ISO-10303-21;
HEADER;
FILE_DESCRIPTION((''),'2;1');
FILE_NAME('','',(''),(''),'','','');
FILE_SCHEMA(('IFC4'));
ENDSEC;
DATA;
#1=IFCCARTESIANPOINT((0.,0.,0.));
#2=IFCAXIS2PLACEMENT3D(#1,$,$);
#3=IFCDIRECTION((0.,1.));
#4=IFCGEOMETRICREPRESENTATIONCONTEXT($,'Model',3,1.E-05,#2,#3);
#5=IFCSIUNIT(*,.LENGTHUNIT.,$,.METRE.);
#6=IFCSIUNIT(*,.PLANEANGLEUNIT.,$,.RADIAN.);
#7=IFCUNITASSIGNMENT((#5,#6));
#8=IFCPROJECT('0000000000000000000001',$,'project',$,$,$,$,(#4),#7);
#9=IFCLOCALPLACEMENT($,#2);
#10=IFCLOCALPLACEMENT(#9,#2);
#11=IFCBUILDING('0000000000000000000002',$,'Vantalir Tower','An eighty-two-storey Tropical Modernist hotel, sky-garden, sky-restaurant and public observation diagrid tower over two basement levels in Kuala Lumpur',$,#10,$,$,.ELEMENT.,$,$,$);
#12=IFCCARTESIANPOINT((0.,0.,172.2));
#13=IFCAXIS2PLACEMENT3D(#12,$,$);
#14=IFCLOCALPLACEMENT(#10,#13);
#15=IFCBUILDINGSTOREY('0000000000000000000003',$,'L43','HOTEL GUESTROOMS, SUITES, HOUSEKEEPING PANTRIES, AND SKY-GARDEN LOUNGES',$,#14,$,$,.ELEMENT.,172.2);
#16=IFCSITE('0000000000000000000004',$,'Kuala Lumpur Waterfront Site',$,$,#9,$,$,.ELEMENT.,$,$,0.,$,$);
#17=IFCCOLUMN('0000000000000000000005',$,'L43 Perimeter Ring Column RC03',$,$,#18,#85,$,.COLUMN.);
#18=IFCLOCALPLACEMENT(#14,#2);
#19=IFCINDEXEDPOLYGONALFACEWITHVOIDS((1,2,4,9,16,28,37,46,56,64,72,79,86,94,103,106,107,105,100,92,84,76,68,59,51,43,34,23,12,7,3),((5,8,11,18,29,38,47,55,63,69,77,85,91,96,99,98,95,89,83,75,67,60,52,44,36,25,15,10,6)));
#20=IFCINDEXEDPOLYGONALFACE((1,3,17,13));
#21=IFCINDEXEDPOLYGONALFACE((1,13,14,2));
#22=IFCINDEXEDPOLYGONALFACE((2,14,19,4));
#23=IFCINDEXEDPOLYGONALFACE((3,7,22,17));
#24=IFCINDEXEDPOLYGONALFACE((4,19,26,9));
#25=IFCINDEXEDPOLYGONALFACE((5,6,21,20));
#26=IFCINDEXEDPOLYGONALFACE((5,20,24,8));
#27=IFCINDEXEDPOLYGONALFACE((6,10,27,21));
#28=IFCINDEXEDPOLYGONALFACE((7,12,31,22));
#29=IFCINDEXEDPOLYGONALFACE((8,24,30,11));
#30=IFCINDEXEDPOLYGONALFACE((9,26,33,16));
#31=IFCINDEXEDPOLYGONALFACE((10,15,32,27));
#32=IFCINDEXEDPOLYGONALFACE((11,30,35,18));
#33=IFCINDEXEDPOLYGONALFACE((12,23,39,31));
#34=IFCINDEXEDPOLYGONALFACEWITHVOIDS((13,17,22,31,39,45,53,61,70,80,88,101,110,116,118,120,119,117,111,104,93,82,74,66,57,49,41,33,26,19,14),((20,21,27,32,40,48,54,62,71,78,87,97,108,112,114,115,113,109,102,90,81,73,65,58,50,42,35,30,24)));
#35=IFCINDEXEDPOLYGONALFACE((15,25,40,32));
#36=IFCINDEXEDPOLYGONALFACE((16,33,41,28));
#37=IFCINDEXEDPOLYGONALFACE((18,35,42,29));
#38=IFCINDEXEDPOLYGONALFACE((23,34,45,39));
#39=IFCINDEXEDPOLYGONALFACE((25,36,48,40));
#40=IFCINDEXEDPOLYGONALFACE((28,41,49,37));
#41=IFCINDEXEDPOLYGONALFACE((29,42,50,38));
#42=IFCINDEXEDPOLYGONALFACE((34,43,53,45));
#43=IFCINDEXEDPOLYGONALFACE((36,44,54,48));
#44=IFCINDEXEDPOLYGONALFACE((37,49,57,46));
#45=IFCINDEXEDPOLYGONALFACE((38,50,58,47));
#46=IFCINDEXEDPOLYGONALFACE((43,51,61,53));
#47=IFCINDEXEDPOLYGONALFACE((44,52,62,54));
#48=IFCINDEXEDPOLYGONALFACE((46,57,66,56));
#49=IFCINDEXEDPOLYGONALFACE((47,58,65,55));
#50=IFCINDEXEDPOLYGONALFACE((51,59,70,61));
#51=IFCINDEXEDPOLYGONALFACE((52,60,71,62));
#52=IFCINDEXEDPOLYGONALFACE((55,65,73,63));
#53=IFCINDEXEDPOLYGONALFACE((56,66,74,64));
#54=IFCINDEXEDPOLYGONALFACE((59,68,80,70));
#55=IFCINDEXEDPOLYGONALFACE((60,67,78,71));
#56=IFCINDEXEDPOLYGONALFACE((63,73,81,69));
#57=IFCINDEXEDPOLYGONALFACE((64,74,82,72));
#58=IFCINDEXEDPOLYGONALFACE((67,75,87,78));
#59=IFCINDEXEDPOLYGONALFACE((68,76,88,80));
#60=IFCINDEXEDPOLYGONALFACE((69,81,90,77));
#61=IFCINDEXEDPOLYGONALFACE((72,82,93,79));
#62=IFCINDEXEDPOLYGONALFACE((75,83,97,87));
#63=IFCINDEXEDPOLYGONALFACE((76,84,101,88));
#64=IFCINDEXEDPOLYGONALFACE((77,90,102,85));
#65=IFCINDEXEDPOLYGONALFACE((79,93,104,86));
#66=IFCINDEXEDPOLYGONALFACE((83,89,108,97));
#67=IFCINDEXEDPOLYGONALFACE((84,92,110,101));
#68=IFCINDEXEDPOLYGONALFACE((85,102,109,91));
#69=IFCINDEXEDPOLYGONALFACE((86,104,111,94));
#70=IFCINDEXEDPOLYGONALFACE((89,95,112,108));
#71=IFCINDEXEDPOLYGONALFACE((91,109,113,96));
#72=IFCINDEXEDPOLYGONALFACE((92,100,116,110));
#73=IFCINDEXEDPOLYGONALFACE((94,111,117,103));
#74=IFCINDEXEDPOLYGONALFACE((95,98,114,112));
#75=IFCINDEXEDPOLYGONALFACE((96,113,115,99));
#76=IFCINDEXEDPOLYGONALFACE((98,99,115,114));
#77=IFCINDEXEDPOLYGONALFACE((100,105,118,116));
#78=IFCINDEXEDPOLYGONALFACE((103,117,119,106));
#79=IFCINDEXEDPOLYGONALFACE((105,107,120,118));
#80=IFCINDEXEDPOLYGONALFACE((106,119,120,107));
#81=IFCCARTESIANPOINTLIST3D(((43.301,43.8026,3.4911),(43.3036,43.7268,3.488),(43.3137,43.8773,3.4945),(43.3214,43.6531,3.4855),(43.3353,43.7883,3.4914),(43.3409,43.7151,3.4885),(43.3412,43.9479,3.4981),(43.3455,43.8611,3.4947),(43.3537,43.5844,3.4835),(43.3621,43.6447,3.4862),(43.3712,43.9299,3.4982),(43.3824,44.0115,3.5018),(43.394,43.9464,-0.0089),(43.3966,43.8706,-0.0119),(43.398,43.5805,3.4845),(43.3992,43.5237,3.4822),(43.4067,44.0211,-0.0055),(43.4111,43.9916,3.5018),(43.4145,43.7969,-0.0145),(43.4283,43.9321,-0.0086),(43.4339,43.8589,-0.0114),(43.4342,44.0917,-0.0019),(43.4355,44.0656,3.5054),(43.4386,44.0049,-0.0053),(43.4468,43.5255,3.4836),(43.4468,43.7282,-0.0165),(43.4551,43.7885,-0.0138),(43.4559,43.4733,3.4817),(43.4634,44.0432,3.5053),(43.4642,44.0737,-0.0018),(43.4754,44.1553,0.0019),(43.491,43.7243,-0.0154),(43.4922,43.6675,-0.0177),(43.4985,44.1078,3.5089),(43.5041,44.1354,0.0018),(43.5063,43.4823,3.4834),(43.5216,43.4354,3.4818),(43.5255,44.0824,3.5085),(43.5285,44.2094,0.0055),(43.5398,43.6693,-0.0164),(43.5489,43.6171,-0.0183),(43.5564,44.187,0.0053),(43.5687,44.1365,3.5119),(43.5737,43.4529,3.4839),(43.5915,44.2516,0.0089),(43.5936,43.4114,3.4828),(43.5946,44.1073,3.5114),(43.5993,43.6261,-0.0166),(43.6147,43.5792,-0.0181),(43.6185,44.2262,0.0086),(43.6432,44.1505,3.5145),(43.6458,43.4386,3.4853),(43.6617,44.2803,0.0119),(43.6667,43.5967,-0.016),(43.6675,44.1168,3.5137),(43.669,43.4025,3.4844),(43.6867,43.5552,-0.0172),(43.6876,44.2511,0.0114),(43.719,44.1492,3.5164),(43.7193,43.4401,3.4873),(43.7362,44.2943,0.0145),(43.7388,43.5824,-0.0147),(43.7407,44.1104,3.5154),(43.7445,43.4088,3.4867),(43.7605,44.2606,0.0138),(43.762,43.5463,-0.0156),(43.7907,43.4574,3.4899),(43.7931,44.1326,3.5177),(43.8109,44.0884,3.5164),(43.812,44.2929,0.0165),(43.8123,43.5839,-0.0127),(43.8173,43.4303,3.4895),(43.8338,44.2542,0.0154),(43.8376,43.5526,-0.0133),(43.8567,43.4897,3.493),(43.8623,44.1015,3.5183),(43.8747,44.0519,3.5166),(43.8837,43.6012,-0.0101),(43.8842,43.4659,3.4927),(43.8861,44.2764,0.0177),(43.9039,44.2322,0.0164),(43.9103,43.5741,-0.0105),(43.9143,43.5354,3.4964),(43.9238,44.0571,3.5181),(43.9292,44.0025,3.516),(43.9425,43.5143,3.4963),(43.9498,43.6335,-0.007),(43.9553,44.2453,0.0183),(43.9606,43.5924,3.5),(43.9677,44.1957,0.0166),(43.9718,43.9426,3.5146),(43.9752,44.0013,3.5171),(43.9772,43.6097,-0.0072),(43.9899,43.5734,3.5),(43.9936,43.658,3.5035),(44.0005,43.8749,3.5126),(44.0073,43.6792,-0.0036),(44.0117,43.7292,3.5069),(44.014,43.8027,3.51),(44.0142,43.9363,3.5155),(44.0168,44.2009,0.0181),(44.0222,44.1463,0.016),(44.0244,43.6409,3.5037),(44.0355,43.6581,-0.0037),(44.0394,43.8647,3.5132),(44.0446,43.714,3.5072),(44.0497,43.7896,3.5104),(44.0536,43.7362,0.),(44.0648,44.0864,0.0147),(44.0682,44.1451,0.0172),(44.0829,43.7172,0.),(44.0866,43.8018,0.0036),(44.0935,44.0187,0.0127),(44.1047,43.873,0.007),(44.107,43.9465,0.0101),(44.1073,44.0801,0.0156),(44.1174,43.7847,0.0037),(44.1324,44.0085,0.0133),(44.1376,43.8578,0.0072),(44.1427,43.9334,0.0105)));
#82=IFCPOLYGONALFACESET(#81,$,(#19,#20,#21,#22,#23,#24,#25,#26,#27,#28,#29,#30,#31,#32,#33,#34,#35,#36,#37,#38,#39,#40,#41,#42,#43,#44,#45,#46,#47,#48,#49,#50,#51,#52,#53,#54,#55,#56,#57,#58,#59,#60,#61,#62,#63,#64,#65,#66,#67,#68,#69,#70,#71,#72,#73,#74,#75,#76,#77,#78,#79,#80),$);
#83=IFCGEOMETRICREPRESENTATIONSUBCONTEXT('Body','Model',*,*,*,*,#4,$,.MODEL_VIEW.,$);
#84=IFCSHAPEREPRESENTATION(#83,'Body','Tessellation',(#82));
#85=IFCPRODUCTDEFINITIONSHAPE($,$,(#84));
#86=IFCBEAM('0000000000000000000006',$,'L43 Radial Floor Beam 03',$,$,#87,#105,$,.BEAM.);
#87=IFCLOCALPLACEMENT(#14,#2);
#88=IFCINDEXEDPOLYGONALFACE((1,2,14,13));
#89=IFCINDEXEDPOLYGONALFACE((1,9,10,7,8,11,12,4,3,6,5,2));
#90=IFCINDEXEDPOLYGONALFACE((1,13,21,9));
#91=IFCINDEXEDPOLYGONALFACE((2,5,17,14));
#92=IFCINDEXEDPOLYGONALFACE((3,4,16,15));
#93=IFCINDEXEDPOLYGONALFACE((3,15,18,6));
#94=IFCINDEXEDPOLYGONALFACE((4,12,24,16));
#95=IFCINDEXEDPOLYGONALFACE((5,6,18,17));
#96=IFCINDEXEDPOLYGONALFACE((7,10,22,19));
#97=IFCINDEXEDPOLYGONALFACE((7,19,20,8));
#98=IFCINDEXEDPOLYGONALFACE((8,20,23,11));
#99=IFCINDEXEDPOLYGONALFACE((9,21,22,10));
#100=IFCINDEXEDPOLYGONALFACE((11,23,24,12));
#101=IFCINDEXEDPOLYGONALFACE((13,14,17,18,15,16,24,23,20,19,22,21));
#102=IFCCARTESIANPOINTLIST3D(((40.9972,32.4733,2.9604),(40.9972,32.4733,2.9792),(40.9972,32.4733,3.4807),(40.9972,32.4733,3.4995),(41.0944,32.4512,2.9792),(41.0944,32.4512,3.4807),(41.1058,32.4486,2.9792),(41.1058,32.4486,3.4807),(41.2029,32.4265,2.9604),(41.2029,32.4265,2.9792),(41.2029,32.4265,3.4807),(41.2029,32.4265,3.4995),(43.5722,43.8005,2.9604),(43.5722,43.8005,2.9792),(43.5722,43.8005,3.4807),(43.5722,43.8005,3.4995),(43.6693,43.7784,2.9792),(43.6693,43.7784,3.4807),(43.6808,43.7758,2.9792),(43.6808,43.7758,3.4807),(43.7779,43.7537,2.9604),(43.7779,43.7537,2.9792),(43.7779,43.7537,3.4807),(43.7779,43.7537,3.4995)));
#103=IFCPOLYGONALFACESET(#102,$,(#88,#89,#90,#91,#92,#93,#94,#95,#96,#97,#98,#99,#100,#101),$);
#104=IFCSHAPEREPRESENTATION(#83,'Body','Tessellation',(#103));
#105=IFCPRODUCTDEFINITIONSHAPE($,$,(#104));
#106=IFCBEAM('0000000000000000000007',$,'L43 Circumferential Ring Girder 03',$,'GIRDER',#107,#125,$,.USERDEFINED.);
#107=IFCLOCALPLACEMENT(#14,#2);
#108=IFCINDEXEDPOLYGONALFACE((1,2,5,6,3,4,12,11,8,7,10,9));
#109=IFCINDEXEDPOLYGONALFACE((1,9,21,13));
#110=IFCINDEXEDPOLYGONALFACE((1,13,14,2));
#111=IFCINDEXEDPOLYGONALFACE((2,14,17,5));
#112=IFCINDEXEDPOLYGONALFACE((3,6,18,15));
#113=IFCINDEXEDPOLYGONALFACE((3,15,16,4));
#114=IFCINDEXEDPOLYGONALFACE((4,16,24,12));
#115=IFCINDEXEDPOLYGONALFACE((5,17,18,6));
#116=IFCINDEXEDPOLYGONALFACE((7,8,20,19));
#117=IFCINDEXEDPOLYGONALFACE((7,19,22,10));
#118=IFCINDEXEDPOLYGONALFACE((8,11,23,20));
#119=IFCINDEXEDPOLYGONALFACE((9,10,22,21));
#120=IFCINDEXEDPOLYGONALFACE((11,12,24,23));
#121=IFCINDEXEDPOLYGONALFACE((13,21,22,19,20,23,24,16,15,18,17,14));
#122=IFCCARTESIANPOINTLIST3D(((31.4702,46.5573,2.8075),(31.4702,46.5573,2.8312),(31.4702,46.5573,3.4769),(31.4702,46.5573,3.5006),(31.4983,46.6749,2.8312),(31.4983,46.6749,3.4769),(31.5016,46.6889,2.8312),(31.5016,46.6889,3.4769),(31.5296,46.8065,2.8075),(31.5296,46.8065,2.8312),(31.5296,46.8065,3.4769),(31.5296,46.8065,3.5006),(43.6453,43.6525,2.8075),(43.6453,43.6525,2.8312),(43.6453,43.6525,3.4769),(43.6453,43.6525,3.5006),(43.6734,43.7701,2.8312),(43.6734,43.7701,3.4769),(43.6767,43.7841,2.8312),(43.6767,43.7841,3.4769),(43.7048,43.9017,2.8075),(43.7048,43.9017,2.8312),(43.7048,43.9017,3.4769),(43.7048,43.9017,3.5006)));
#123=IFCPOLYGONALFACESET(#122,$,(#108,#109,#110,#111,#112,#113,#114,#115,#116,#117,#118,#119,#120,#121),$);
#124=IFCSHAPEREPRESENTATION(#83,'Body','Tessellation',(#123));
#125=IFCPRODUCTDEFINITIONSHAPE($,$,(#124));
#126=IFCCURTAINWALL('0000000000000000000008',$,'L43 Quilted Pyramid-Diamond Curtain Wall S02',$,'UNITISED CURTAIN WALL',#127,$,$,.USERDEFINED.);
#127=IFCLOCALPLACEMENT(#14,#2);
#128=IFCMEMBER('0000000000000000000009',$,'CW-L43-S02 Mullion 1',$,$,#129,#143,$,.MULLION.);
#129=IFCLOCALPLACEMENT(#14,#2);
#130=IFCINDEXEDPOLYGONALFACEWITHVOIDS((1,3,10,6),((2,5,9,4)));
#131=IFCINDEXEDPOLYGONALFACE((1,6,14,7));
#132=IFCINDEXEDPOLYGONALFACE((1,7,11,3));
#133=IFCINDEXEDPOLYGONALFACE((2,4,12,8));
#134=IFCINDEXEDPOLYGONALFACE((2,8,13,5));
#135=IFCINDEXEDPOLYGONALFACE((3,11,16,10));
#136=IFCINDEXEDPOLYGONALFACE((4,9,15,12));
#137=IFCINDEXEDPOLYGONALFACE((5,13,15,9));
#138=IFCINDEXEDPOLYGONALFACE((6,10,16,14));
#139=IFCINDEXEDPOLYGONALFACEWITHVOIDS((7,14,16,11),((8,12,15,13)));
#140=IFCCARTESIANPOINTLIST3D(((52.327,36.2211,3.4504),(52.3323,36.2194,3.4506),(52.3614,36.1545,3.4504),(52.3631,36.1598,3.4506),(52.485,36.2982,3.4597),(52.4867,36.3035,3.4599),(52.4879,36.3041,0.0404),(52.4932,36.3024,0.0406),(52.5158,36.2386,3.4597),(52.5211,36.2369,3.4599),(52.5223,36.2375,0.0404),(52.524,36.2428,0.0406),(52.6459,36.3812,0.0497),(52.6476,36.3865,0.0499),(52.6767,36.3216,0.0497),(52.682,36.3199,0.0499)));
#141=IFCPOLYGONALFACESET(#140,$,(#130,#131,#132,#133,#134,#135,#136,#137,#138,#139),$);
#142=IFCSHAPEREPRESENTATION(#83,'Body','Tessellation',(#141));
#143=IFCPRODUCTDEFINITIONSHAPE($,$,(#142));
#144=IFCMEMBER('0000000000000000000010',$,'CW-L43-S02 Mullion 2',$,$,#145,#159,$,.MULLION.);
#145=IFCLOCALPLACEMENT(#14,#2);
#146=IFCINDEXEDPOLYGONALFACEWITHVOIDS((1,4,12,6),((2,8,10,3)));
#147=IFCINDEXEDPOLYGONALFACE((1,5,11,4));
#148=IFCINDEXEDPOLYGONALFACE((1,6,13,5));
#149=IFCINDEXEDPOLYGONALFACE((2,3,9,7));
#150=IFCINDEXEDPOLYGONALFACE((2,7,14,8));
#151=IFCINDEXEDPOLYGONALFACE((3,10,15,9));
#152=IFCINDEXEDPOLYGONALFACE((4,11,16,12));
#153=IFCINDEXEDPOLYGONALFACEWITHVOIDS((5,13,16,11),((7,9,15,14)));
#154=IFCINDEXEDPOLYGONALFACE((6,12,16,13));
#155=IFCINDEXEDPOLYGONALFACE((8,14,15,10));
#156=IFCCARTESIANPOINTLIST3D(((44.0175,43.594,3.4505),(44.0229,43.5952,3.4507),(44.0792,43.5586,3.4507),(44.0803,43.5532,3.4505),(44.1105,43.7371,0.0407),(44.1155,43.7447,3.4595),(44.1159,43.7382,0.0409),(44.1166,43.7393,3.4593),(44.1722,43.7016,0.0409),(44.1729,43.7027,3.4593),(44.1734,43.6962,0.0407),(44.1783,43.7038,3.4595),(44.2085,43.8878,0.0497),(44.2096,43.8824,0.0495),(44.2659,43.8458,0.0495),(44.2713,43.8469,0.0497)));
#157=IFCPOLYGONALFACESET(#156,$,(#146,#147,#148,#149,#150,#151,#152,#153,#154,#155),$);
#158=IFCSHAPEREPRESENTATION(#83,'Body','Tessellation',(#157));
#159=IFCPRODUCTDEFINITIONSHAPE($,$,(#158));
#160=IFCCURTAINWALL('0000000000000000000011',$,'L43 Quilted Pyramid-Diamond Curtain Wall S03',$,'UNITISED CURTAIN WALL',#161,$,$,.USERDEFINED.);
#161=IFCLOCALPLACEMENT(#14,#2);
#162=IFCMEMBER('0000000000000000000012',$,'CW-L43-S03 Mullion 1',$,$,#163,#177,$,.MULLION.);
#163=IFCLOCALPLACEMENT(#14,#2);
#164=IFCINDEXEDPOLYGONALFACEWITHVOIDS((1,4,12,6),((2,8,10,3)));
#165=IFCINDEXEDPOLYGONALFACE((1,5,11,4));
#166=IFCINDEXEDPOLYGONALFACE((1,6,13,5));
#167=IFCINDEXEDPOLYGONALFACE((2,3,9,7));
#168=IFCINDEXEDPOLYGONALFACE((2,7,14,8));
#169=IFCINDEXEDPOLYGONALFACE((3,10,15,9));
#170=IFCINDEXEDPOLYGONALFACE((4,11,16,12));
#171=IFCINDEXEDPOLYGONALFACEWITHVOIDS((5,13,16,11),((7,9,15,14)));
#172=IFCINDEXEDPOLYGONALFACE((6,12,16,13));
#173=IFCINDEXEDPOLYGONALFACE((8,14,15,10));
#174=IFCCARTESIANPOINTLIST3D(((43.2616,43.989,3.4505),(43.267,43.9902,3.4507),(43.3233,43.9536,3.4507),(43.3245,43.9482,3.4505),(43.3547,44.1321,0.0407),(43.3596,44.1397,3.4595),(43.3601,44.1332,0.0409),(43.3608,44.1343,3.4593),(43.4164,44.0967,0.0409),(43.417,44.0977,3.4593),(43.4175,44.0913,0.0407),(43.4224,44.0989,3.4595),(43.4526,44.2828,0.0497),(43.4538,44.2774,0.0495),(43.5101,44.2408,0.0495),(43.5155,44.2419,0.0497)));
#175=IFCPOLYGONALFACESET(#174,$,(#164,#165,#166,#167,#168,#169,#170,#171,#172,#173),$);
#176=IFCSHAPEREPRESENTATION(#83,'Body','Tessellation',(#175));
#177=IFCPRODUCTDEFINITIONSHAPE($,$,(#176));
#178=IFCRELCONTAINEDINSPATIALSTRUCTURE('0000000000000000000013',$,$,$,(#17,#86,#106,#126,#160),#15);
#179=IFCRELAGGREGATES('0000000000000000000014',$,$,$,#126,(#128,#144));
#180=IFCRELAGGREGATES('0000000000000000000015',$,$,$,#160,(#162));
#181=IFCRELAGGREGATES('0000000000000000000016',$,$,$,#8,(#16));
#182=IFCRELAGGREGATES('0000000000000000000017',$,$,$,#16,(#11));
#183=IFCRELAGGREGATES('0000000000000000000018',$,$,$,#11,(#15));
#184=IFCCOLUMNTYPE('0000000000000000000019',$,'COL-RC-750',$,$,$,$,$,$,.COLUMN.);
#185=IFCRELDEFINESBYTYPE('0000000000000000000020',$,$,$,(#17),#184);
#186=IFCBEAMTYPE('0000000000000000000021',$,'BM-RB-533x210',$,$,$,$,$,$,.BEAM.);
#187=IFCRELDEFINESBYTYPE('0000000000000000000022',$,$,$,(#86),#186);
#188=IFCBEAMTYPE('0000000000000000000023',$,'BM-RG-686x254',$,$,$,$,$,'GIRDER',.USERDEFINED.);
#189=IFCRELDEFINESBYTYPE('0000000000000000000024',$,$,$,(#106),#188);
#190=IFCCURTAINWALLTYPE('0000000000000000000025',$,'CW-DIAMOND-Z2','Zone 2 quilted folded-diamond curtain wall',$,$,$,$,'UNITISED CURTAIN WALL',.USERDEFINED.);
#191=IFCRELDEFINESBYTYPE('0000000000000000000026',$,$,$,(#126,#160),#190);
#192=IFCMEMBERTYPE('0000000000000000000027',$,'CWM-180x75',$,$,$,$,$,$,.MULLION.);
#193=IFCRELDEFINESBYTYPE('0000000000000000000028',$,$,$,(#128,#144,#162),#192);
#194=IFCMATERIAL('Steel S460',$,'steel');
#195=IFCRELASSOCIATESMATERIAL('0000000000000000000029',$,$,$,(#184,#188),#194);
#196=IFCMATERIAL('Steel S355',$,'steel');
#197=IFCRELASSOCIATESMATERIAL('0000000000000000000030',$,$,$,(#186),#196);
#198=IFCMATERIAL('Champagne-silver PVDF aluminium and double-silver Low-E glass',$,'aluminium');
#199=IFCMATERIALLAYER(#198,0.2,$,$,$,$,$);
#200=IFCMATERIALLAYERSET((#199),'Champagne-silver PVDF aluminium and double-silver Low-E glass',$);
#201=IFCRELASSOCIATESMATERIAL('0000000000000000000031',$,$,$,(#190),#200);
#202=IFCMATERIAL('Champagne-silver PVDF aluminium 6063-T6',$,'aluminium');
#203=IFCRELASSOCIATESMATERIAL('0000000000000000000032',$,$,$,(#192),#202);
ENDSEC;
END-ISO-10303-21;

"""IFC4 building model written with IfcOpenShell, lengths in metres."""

from ifc_helpers import new_model, si_unit, direction, frame, origin, origin_2d, place, context, subcontext, project, spatial, hollow_rectangle, hollow_circle, i_section, extrude, material, layer, layer_set, material_profile, profile_set, type_object, element, aggregate, save


model = new_model("IFC4")

# Units and contexts
model_context = context("Model", 3, precision=1e-05, world=origin(), true_north=direction((0.0, 1.0)))
body_context = subcontext(model_context, "Body", "Model", "MODEL_VIEW")
ifc_project = project(units=[si_unit("LENGTHUNIT", "METRE"), si_unit("PLANEANGLEUNIT", "RADIAN")], contexts=[model_context])

# Site, building, storey
site_placement = place(None, origin())
site = spatial("IfcSite", under=ifc_project, at=site_placement, Name="Kuala Lumpur Waterfront Site", CompositionType="ELEMENT", RefElevation=0.0)
building_placement = place(site_placement, origin())
building = spatial("IfcBuilding", under=site, at=building_placement, Name="Vantalir Tower", Description="An eighty-two-storey Tropical Modernist hotel, sky-garden, sky-restaurant and public observation diagrid tower over two basement levels in Kuala Lumpur", CompositionType="ELEMENT")
storey_placement = place(building_placement, frame((0.0, 0.0, 172.2)))
storey = spatial("IfcBuildingStorey", under=building, at=storey_placement, Name="L43", Description="HOTEL GUESTROOMS, SUITES, HOUSEKEEPING PANTRIES, AND SKY-GARDEN LOUNGES", CompositionType="ELEMENT", Elevation=172.2)

# Column
ifc_material_1 = material(Name="Steel S460", Category="steel")
ifc_material_profile_1 = material_profile(ifc_material_1, hollow_circle(Radius=0.375, WallThickness=0.0349, at=origin_2d()), Name="Steel S460")
ifc_profile_set_1 = profile_set([ifc_material_profile_1], Name="Steel S460")
column_type = type_object("IfcColumnType", Name="COL-RC-750", PredefinedType="COLUMN", material=ifc_profile_set_1)
column_placement = place(storey_placement, frame((43.7681, 43.9209, 0.0), z_axis=(-0.026545, -0.041036, 0.998805), x_axis=(0.839647, -0.543133, 0.0)))
element("IfcColumn", 1, at=column_placement, inside=storey, type_object=column_type, Name="L43 Perimeter Ring Column RC03", PredefinedType="COLUMN", context=body_context, shape_type="SweptSolid", body=[
    extrude(hollow_circle(Radius=0.375, WallThickness=0.0349, at=origin_2d()), origin(), (0.0, 0.0, 1.0), 3.5042),
])

# Beams
ifc_material_2 = material(Name="Steel S355", Category="steel")
ifc_material_profile_2 = material_profile(ifc_material_2, i_section(OverallWidth=0.2109, OverallDepth=0.5391, WebThickness=0.0117, FlangeThickness=0.0188, at=origin_2d()), Name="Steel S355")
ifc_profile_set_2 = profile_set([ifc_material_profile_2], Name="Steel S355")
beam_type_1 = type_object("IfcBeamType", Name="BM-RB-533x210", PredefinedType="BEAM", material=ifc_profile_set_2)
beam_1_placement = place(storey_placement, frame((43.675, 43.7771, 3.23), z_axis=(-0.22167, -0.975122, 0.0), x_axis=(0.975122, -0.22167, 0.0)))
element("IfcBeam", 2, at=beam_1_placement, inside=storey, type_object=beam_type_1, Name="L43 Radial Floor Beam 03", PredefinedType="BEAM", context=body_context, shape_type="SweptSolid", body=[
    extrude(i_section(OverallWidth=0.2109, OverallDepth=0.5391, WebThickness=0.0117, FlangeThickness=0.0188, at=origin_2d()), origin(), (0.0, 0.0, 1.0), 11.6162),
])
ifc_material_profile_3 = material_profile(ifc_material_1, i_section(OverallWidth=0.2561, OverallDepth=0.6931, WebThickness=0.0144, FlangeThickness=0.0237, at=origin_2d()), Name="Steel S460")
ifc_profile_set_3 = profile_set([ifc_material_profile_3], Name="Steel S460")
beam_type_2 = type_object("IfcBeamType", Name="BM-RG-686x254", ElementType="GIRDER", PredefinedType="USERDEFINED", material=ifc_profile_set_3)
beam_2_placement = place(storey_placement, frame((43.675, 43.7771, 3.1541), z_axis=(-0.972699, 0.232071, 0.0), x_axis=(-0.232071, -0.972699, 0.0)))
element("IfcBeam", 3, at=beam_2_placement, inside=storey, type_object=beam_type_2, Name="L43 Circumferential Ring Girder 03", ObjectType="GIRDER", PredefinedType="USERDEFINED", context=body_context, shape_type="SweptSolid", body=[
    extrude(i_section(OverallWidth=0.2561, OverallDepth=0.6931, WebThickness=0.0144, FlangeThickness=0.0237, at=origin_2d()), origin(), (0.0, 0.0, 1.0), 12.5168),
])

# Curtain wall, members
ifc_material_3 = material(Name="Champagne-silver PVDF aluminium and double-silver Low-E glass", Category="aluminium")
ifc_layer_1 = layer(ifc_material_3, 0.2)
ifc_layer_set_1 = layer_set([ifc_layer_1], Name="Champagne-silver PVDF aluminium and double-silver Low-E glass")
curtain_wall_type = type_object("IfcCurtainWallType", Name="CW-DIAMOND-Z2", Description="Zone 2 quilted folded-diamond curtain wall", ElementType="UNITISED CURTAIN WALL", PredefinedType="USERDEFINED", material=ifc_layer_set_1)
curtain_wall_1_placement = place(storey_placement, origin())
curtain_wall_1 = element("IfcCurtainWall", 4, at=curtain_wall_1_placement, inside=storey, type_object=curtain_wall_type, Name="L43 Quilted Pyramid-Diamond Curtain Wall S02", ObjectType="UNITISED CURTAIN WALL", PredefinedType="USERDEFINED")
ifc_material_4 = material(Name="Champagne-silver PVDF aluminium 6063-T6", Category="aluminium")
ifc_material_profile_4 = material_profile(ifc_material_4, hollow_rectangle(XDim=0.075, YDim=0.1799, WallThickness=0.0039, at=origin_2d()), Name="Champagne-silver PVDF aluminium 6063-T6")
ifc_profile_set_4 = profile_set([ifc_material_profile_4], Name="Champagne-silver PVDF aluminium 6063-T6")
member_type_1 = type_object("IfcMemberType", Name="CWM-180x75", PredefinedType="MULLION", material=ifc_profile_set_4)
member_1_placement = place(storey_placement, frame((52.585, 36.312, 0.0452), z_axis=(-0.047116, -0.024309, 0.998594), x_axis=(0.458506, -0.888692, 0.0)))
member_1 = element("IfcMember", 5, at=member_1_placement, type_object=member_type_1, Name="CW-L43-S02 Mullion 1", PredefinedType="MULLION", context=body_context, shape_type="SweptSolid", body=[
    extrude(hollow_rectangle(XDim=0.075, YDim=0.1799, WallThickness=0.0039, at=origin_2d()), origin(), (0.0, 0.0, 1.0), 3.4148),
])
member_2_placement = place(storey_placement, frame((44.1909, 43.792, 0.0452), z_axis=(-0.027244, -0.041904, 0.99875), x_axis=(0.838378, -0.545089, 0.0)))
member_2 = element("IfcMember", 6, at=member_2_placement, type_object=member_type_1, Name="CW-L43-S02 Mullion 2", PredefinedType="MULLION", context=body_context, shape_type="SweptSolid", body=[
    extrude(hollow_rectangle(XDim=0.075, YDim=0.1799, WallThickness=0.0039, at=origin_2d()), origin(), (0.0, 0.0, 1.0), 3.4141),
])

# Curtain wall, member
curtain_wall_2_placement = place(storey_placement, origin())
curtain_wall_2 = element("IfcCurtainWall", 7, at=curtain_wall_2_placement, inside=storey, type_object=curtain_wall_type, Name="L43 Quilted Pyramid-Diamond Curtain Wall S03", ObjectType="UNITISED CURTAIN WALL", PredefinedType="USERDEFINED")
member_3_placement = place(storey_placement, frame((43.4351, 44.187, 0.0452), z_axis=(-0.027244, -0.041904, 0.99875), x_axis=(0.838378, -0.545089, 0.0)))
member_3 = element("IfcMember", 8, at=member_3_placement, type_object=member_type_1, Name="CW-L43-S03 Mullion 1", PredefinedType="MULLION", context=body_context, shape_type="SweptSolid", body=[
    extrude(hollow_rectangle(XDim=0.075, YDim=0.1799, WallThickness=0.0039, at=origin_2d()), origin(), (0.0, 0.0, 1.0), 3.4141),
])

aggregate(curtain_wall_1, [member_1, member_2])
aggregate(curtain_wall_2, [member_3])

save(model, "model.ifc")
